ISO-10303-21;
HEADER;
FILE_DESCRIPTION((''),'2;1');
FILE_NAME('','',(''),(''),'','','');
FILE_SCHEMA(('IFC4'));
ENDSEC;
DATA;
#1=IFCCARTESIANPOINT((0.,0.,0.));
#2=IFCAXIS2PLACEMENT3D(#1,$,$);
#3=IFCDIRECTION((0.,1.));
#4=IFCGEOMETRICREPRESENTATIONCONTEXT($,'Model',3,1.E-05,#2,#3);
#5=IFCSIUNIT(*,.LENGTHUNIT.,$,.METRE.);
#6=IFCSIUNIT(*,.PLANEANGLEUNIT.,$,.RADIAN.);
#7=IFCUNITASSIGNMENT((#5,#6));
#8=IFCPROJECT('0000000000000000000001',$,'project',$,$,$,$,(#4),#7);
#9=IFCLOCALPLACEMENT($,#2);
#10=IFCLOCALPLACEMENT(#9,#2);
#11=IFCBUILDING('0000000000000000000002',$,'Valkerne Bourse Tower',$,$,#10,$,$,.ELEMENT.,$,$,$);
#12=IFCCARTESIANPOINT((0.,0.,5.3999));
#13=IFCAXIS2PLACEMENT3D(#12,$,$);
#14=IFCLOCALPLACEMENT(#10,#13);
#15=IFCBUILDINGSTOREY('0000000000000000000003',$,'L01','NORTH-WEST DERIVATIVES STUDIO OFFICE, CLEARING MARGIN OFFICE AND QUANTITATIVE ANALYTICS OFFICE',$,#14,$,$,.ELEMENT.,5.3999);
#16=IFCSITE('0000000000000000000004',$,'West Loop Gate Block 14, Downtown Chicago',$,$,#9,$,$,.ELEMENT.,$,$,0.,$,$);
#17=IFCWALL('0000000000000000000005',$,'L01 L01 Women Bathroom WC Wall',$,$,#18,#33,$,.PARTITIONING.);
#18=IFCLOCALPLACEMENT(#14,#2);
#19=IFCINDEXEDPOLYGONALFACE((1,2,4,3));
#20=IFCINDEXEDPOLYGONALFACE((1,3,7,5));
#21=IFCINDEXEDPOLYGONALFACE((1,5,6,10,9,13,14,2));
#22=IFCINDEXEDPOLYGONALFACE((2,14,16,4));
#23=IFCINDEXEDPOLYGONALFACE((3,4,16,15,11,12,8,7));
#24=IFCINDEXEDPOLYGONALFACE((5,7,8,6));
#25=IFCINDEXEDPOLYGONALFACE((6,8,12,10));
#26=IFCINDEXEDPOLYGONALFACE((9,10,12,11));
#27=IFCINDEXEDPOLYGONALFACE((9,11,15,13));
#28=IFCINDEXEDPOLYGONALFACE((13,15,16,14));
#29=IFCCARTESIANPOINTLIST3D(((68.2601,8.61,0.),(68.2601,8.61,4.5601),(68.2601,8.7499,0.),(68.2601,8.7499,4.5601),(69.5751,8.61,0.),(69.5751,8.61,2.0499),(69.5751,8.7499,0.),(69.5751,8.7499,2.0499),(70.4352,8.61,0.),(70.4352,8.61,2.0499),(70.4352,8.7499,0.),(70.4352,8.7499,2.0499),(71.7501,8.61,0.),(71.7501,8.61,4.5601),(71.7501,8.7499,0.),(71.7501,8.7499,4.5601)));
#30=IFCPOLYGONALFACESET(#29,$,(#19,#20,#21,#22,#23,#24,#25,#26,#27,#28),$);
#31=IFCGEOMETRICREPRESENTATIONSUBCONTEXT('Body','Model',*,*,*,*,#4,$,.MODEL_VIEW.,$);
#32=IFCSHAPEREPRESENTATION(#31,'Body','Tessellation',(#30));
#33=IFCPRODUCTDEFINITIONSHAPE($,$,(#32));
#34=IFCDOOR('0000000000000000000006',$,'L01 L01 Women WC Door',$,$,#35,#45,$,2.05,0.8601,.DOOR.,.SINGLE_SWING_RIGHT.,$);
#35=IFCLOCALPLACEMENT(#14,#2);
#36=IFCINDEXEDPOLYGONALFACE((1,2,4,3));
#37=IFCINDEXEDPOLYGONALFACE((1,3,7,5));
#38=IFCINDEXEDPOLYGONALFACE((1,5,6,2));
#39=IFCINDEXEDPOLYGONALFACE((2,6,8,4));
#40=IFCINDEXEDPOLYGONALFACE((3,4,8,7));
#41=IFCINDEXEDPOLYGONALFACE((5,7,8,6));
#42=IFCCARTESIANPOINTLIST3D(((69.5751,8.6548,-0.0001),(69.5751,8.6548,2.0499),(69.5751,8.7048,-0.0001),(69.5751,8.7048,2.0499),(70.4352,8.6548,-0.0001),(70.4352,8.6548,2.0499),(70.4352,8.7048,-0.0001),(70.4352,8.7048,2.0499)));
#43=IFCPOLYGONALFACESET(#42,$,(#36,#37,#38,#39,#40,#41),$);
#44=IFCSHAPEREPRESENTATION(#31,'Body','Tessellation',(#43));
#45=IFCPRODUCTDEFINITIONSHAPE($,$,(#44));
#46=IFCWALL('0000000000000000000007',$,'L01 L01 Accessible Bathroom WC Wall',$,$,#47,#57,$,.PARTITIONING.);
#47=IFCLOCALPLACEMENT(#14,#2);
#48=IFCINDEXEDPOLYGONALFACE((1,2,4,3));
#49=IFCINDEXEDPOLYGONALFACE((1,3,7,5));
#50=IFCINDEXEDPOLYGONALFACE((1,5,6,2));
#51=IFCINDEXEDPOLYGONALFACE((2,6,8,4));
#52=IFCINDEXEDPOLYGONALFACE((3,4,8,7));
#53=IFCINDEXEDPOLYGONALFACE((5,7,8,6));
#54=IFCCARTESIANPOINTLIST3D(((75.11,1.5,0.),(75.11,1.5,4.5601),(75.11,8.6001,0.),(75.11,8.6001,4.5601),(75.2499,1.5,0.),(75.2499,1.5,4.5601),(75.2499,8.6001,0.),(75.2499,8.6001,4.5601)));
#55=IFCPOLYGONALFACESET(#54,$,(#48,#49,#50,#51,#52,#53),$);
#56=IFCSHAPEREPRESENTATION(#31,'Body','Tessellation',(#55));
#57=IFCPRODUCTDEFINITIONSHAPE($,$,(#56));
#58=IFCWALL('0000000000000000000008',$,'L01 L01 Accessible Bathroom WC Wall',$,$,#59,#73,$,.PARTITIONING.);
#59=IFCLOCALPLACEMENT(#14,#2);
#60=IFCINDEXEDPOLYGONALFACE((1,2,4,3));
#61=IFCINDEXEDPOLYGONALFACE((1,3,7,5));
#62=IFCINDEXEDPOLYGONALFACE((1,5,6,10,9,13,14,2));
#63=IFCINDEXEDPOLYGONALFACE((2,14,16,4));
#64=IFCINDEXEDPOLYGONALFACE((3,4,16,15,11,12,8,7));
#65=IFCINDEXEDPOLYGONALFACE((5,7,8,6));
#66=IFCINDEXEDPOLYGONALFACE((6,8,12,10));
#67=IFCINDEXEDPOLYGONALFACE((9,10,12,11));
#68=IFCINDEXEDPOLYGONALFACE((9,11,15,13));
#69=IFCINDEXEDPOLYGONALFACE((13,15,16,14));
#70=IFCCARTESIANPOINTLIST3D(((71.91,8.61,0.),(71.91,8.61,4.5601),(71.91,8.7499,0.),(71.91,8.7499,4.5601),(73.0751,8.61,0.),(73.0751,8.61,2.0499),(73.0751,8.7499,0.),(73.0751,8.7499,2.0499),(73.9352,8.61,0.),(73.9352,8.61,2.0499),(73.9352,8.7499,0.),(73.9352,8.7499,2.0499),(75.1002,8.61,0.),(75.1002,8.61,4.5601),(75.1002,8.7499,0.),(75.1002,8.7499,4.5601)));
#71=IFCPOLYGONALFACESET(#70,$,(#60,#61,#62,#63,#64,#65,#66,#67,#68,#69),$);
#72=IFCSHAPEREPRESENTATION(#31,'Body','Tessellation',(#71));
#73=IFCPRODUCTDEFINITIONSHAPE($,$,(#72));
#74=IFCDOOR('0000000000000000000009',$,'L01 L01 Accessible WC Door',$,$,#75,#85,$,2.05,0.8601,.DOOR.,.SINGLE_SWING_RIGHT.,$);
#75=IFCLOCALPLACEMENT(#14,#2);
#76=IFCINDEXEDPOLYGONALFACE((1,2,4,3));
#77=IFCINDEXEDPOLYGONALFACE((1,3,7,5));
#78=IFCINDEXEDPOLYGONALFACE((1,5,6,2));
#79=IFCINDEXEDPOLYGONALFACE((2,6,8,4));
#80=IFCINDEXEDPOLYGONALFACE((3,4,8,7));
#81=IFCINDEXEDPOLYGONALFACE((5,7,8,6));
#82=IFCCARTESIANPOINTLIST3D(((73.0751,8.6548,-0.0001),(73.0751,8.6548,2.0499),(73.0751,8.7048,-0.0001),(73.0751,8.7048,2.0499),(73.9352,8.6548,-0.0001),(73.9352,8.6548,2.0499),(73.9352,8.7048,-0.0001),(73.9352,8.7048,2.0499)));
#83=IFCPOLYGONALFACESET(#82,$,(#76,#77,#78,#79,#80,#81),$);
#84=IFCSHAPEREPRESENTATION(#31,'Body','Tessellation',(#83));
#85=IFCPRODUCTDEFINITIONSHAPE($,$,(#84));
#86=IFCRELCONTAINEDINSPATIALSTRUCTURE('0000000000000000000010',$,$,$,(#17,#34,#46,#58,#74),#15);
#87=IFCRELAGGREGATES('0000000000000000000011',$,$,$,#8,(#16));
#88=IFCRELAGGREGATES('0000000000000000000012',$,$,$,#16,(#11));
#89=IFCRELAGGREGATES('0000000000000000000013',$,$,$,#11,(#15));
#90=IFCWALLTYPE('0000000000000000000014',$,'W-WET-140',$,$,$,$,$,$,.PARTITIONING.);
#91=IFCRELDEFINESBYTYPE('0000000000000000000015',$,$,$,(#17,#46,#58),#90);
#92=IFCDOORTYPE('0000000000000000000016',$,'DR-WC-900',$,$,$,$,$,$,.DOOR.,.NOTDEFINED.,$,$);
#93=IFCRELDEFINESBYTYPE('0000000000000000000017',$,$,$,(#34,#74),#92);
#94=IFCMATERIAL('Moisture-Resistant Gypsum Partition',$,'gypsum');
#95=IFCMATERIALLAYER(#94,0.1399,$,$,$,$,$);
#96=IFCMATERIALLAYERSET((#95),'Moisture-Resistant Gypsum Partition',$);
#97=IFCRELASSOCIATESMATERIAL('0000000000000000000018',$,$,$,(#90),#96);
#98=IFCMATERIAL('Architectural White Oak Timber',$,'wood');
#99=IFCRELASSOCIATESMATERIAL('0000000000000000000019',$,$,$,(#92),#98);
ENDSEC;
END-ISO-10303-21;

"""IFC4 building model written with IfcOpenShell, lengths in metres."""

from ifc_helpers import new_model, si_unit, direction, frame, frame_2d, origin, place, context, subcontext, project, spatial, rectangle, extrude, material, layer, layer_set, type_object, element, fill, save


model = new_model("IFC4")

# Units and contexts
model_context = context("Model", 3, precision=1e-05, world=origin(), true_north=direction((0.0, 1.0)))
body_context = subcontext(model_context, "Body", "Model", "MODEL_VIEW")
ifc_project = project(units=[si_unit("LENGTHUNIT", "METRE"), si_unit("PLANEANGLEUNIT", "RADIAN")], contexts=[model_context])

# Site, building, storey
site_placement = place(None, origin())
site = spatial("IfcSite", under=ifc_project, at=site_placement, Name="West Loop Gate Block 14, Downtown Chicago", CompositionType="ELEMENT", RefElevation=0.0)
building_placement = place(site_placement, origin())
building = spatial("IfcBuilding", under=site, at=building_placement, Name="Valkerne Bourse Tower", CompositionType="ELEMENT")
storey_placement = place(building_placement, frame((0.0, 0.0, 5.3999)))
storey = spatial("IfcBuildingStorey", under=building, at=storey_placement, Name="L01", Description="NORTH-WEST DERIVATIVES STUDIO OFFICE, CLEARING MARGIN OFFICE AND QUANTITATIVE ANALYTICS OFFICE", CompositionType="ELEMENT", Elevation=5.3999)

# Shared definitions
ifc_material_1 = material(Name="Moisture-Resistant Gypsum Partition", Category="gypsum")
ifc_layer_1 = layer(ifc_material_1, 0.1399)
ifc_layer_set_1 = layer_set([ifc_layer_1], Name="Moisture-Resistant Gypsum Partition")
wall_type_1 = type_object("IfcWallType", Name="W-WET-140", PredefinedType="PARTITIONING", material=ifc_layer_set_1)

# Shared definitions
ifc_material_2 = material(Name="Architectural White Oak Timber", Category="wood")
door_type = type_object("IfcDoorType", Name="DR-WC-900", OperationType="NOTDEFINED", PredefinedType="DOOR", material=ifc_material_2)

# Wall, opening, door
wall_1_placement = place(storey_placement, frame((68.26, 8.6799, 0.0), z_axis=(0.0, 0.0, 1.0), x_axis=(1.0, 0.0, 0.0)))
wall_1 = element("IfcWall", 1, at=wall_1_placement, inside=storey, type_object=wall_type_1, Name="L01 L01 Women Bathroom WC Wall", PredefinedType="PARTITIONING", context=body_context, shape_type="SweptSolid", body=[
    extrude(rectangle(XDim=3.49, YDim=0.1399, at=frame_2d((1.7451, 0.0))), origin(), (0.0, 0.0, 1.0), 4.5601),
])
opening_1_placement = place(wall_1_placement, frame((1.3149, 0.0, 0.0)))
opening_1 = element("IfcOpeningElement", 2, at=opening_1_placement, cuts=wall_1, PredefinedType="OPENING", context=body_context, shape_type="SweptSolid", body=[
    extrude(rectangle(XDim=0.8601, YDim=2.05, at=frame_2d((0.4302, 1.0249))), frame((0.0, 0.0798, 0.0), z_axis=(0.0, -1.0, 0.0), x_axis=(1.0, 0.0, 0.0)), (0.0, 0.0, 1.0), 0.1599),
])
door_1_placement = place(opening_1_placement, origin())
door_1 = element("IfcDoor", 3, at=door_1_placement, inside=storey, type_object=door_type, Name="L01 L01 Women WC Door", OperationType="SINGLE_SWING_RIGHT", OverallHeight=2.05, OverallWidth=0.8601, PredefinedType="DOOR", context=body_context, shape_type="SweptSolid", body=[
    extrude(rectangle(XDim=0.8601, YDim=2.05, at=frame_2d((0.4302, 1.0249))), frame((0.0, 0.0249, 0.0), z_axis=(0.0, -1.0, 0.0), x_axis=(1.0, 0.0, 0.0)), (0.0, 0.0, 1.0), 0.05),
])
fill(opening_1, door_1)

# Wall
wall_2_placement = place(storey_placement, frame((75.1799, 1.5, 0.0), z_axis=(0.0, 0.0, 1.0), x_axis=(0.0, 1.0, 0.0)))
element("IfcWall", 4, at=wall_2_placement, inside=storey, type_object=wall_type_1, Name="L01 L01 Accessible Bathroom WC Wall", PredefinedType="PARTITIONING", context=body_context, shape_type="SweptSolid", body=[
    extrude(rectangle(XDim=7.1001, YDim=0.1399, at=frame_2d((3.55, 0.0))), origin(), (0.0, 0.0, 1.0), 4.5601),
])

# Wall, opening, door
wall_3_placement = place(storey_placement, frame((71.9099, 8.6799, 0.0), z_axis=(0.0, 0.0, 1.0), x_axis=(1.0, 0.0, 0.0)))
wall_3 = element("IfcWall", 5, at=wall_3_placement, inside=storey, type_object=wall_type_1, Name="L01 L01 Accessible Bathroom WC Wall", PredefinedType="PARTITIONING", context=body_context, shape_type="SweptSolid", body=[
    extrude(rectangle(XDim=3.1902, YDim=0.1399, at=frame_2d((1.5952, 0.0))), origin(), (0.0, 0.0, 1.0), 4.5601),
])
opening_2_placement = place(wall_3_placement, frame((1.165, 0.0, 0.0)))
opening_2 = element("IfcOpeningElement", 6, at=opening_2_placement, cuts=wall_3, PredefinedType="OPENING", context=body_context, shape_type="SweptSolid", body=[
    extrude(rectangle(XDim=0.8601, YDim=2.05, at=frame_2d((0.4302, 1.0249))), frame((0.0, 0.0798, 0.0), z_axis=(0.0, -1.0, 0.0), x_axis=(1.0, 0.0, 0.0)), (0.0, 0.0, 1.0), 0.1599),
])
door_2_placement = place(opening_2_placement, origin())
door_2 = element("IfcDoor", 7, at=door_2_placement, inside=storey, type_object=door_type, Name="L01 L01 Accessible WC Door", OperationType="SINGLE_SWING_RIGHT", OverallHeight=2.05, OverallWidth=0.8601, PredefinedType="DOOR", context=body_context, shape_type="SweptSolid", body=[
    extrude(rectangle(XDim=0.8601, YDim=2.05, at=frame_2d((0.4302, 1.0249))), frame((0.0, 0.0249, 0.0), z_axis=(0.0, -1.0, 0.0), x_axis=(1.0, 0.0, 0.0)), (0.0, 0.0, 1.0), 0.05),
])
fill(opening_2, door_2)

save(model, "model.ifc")
